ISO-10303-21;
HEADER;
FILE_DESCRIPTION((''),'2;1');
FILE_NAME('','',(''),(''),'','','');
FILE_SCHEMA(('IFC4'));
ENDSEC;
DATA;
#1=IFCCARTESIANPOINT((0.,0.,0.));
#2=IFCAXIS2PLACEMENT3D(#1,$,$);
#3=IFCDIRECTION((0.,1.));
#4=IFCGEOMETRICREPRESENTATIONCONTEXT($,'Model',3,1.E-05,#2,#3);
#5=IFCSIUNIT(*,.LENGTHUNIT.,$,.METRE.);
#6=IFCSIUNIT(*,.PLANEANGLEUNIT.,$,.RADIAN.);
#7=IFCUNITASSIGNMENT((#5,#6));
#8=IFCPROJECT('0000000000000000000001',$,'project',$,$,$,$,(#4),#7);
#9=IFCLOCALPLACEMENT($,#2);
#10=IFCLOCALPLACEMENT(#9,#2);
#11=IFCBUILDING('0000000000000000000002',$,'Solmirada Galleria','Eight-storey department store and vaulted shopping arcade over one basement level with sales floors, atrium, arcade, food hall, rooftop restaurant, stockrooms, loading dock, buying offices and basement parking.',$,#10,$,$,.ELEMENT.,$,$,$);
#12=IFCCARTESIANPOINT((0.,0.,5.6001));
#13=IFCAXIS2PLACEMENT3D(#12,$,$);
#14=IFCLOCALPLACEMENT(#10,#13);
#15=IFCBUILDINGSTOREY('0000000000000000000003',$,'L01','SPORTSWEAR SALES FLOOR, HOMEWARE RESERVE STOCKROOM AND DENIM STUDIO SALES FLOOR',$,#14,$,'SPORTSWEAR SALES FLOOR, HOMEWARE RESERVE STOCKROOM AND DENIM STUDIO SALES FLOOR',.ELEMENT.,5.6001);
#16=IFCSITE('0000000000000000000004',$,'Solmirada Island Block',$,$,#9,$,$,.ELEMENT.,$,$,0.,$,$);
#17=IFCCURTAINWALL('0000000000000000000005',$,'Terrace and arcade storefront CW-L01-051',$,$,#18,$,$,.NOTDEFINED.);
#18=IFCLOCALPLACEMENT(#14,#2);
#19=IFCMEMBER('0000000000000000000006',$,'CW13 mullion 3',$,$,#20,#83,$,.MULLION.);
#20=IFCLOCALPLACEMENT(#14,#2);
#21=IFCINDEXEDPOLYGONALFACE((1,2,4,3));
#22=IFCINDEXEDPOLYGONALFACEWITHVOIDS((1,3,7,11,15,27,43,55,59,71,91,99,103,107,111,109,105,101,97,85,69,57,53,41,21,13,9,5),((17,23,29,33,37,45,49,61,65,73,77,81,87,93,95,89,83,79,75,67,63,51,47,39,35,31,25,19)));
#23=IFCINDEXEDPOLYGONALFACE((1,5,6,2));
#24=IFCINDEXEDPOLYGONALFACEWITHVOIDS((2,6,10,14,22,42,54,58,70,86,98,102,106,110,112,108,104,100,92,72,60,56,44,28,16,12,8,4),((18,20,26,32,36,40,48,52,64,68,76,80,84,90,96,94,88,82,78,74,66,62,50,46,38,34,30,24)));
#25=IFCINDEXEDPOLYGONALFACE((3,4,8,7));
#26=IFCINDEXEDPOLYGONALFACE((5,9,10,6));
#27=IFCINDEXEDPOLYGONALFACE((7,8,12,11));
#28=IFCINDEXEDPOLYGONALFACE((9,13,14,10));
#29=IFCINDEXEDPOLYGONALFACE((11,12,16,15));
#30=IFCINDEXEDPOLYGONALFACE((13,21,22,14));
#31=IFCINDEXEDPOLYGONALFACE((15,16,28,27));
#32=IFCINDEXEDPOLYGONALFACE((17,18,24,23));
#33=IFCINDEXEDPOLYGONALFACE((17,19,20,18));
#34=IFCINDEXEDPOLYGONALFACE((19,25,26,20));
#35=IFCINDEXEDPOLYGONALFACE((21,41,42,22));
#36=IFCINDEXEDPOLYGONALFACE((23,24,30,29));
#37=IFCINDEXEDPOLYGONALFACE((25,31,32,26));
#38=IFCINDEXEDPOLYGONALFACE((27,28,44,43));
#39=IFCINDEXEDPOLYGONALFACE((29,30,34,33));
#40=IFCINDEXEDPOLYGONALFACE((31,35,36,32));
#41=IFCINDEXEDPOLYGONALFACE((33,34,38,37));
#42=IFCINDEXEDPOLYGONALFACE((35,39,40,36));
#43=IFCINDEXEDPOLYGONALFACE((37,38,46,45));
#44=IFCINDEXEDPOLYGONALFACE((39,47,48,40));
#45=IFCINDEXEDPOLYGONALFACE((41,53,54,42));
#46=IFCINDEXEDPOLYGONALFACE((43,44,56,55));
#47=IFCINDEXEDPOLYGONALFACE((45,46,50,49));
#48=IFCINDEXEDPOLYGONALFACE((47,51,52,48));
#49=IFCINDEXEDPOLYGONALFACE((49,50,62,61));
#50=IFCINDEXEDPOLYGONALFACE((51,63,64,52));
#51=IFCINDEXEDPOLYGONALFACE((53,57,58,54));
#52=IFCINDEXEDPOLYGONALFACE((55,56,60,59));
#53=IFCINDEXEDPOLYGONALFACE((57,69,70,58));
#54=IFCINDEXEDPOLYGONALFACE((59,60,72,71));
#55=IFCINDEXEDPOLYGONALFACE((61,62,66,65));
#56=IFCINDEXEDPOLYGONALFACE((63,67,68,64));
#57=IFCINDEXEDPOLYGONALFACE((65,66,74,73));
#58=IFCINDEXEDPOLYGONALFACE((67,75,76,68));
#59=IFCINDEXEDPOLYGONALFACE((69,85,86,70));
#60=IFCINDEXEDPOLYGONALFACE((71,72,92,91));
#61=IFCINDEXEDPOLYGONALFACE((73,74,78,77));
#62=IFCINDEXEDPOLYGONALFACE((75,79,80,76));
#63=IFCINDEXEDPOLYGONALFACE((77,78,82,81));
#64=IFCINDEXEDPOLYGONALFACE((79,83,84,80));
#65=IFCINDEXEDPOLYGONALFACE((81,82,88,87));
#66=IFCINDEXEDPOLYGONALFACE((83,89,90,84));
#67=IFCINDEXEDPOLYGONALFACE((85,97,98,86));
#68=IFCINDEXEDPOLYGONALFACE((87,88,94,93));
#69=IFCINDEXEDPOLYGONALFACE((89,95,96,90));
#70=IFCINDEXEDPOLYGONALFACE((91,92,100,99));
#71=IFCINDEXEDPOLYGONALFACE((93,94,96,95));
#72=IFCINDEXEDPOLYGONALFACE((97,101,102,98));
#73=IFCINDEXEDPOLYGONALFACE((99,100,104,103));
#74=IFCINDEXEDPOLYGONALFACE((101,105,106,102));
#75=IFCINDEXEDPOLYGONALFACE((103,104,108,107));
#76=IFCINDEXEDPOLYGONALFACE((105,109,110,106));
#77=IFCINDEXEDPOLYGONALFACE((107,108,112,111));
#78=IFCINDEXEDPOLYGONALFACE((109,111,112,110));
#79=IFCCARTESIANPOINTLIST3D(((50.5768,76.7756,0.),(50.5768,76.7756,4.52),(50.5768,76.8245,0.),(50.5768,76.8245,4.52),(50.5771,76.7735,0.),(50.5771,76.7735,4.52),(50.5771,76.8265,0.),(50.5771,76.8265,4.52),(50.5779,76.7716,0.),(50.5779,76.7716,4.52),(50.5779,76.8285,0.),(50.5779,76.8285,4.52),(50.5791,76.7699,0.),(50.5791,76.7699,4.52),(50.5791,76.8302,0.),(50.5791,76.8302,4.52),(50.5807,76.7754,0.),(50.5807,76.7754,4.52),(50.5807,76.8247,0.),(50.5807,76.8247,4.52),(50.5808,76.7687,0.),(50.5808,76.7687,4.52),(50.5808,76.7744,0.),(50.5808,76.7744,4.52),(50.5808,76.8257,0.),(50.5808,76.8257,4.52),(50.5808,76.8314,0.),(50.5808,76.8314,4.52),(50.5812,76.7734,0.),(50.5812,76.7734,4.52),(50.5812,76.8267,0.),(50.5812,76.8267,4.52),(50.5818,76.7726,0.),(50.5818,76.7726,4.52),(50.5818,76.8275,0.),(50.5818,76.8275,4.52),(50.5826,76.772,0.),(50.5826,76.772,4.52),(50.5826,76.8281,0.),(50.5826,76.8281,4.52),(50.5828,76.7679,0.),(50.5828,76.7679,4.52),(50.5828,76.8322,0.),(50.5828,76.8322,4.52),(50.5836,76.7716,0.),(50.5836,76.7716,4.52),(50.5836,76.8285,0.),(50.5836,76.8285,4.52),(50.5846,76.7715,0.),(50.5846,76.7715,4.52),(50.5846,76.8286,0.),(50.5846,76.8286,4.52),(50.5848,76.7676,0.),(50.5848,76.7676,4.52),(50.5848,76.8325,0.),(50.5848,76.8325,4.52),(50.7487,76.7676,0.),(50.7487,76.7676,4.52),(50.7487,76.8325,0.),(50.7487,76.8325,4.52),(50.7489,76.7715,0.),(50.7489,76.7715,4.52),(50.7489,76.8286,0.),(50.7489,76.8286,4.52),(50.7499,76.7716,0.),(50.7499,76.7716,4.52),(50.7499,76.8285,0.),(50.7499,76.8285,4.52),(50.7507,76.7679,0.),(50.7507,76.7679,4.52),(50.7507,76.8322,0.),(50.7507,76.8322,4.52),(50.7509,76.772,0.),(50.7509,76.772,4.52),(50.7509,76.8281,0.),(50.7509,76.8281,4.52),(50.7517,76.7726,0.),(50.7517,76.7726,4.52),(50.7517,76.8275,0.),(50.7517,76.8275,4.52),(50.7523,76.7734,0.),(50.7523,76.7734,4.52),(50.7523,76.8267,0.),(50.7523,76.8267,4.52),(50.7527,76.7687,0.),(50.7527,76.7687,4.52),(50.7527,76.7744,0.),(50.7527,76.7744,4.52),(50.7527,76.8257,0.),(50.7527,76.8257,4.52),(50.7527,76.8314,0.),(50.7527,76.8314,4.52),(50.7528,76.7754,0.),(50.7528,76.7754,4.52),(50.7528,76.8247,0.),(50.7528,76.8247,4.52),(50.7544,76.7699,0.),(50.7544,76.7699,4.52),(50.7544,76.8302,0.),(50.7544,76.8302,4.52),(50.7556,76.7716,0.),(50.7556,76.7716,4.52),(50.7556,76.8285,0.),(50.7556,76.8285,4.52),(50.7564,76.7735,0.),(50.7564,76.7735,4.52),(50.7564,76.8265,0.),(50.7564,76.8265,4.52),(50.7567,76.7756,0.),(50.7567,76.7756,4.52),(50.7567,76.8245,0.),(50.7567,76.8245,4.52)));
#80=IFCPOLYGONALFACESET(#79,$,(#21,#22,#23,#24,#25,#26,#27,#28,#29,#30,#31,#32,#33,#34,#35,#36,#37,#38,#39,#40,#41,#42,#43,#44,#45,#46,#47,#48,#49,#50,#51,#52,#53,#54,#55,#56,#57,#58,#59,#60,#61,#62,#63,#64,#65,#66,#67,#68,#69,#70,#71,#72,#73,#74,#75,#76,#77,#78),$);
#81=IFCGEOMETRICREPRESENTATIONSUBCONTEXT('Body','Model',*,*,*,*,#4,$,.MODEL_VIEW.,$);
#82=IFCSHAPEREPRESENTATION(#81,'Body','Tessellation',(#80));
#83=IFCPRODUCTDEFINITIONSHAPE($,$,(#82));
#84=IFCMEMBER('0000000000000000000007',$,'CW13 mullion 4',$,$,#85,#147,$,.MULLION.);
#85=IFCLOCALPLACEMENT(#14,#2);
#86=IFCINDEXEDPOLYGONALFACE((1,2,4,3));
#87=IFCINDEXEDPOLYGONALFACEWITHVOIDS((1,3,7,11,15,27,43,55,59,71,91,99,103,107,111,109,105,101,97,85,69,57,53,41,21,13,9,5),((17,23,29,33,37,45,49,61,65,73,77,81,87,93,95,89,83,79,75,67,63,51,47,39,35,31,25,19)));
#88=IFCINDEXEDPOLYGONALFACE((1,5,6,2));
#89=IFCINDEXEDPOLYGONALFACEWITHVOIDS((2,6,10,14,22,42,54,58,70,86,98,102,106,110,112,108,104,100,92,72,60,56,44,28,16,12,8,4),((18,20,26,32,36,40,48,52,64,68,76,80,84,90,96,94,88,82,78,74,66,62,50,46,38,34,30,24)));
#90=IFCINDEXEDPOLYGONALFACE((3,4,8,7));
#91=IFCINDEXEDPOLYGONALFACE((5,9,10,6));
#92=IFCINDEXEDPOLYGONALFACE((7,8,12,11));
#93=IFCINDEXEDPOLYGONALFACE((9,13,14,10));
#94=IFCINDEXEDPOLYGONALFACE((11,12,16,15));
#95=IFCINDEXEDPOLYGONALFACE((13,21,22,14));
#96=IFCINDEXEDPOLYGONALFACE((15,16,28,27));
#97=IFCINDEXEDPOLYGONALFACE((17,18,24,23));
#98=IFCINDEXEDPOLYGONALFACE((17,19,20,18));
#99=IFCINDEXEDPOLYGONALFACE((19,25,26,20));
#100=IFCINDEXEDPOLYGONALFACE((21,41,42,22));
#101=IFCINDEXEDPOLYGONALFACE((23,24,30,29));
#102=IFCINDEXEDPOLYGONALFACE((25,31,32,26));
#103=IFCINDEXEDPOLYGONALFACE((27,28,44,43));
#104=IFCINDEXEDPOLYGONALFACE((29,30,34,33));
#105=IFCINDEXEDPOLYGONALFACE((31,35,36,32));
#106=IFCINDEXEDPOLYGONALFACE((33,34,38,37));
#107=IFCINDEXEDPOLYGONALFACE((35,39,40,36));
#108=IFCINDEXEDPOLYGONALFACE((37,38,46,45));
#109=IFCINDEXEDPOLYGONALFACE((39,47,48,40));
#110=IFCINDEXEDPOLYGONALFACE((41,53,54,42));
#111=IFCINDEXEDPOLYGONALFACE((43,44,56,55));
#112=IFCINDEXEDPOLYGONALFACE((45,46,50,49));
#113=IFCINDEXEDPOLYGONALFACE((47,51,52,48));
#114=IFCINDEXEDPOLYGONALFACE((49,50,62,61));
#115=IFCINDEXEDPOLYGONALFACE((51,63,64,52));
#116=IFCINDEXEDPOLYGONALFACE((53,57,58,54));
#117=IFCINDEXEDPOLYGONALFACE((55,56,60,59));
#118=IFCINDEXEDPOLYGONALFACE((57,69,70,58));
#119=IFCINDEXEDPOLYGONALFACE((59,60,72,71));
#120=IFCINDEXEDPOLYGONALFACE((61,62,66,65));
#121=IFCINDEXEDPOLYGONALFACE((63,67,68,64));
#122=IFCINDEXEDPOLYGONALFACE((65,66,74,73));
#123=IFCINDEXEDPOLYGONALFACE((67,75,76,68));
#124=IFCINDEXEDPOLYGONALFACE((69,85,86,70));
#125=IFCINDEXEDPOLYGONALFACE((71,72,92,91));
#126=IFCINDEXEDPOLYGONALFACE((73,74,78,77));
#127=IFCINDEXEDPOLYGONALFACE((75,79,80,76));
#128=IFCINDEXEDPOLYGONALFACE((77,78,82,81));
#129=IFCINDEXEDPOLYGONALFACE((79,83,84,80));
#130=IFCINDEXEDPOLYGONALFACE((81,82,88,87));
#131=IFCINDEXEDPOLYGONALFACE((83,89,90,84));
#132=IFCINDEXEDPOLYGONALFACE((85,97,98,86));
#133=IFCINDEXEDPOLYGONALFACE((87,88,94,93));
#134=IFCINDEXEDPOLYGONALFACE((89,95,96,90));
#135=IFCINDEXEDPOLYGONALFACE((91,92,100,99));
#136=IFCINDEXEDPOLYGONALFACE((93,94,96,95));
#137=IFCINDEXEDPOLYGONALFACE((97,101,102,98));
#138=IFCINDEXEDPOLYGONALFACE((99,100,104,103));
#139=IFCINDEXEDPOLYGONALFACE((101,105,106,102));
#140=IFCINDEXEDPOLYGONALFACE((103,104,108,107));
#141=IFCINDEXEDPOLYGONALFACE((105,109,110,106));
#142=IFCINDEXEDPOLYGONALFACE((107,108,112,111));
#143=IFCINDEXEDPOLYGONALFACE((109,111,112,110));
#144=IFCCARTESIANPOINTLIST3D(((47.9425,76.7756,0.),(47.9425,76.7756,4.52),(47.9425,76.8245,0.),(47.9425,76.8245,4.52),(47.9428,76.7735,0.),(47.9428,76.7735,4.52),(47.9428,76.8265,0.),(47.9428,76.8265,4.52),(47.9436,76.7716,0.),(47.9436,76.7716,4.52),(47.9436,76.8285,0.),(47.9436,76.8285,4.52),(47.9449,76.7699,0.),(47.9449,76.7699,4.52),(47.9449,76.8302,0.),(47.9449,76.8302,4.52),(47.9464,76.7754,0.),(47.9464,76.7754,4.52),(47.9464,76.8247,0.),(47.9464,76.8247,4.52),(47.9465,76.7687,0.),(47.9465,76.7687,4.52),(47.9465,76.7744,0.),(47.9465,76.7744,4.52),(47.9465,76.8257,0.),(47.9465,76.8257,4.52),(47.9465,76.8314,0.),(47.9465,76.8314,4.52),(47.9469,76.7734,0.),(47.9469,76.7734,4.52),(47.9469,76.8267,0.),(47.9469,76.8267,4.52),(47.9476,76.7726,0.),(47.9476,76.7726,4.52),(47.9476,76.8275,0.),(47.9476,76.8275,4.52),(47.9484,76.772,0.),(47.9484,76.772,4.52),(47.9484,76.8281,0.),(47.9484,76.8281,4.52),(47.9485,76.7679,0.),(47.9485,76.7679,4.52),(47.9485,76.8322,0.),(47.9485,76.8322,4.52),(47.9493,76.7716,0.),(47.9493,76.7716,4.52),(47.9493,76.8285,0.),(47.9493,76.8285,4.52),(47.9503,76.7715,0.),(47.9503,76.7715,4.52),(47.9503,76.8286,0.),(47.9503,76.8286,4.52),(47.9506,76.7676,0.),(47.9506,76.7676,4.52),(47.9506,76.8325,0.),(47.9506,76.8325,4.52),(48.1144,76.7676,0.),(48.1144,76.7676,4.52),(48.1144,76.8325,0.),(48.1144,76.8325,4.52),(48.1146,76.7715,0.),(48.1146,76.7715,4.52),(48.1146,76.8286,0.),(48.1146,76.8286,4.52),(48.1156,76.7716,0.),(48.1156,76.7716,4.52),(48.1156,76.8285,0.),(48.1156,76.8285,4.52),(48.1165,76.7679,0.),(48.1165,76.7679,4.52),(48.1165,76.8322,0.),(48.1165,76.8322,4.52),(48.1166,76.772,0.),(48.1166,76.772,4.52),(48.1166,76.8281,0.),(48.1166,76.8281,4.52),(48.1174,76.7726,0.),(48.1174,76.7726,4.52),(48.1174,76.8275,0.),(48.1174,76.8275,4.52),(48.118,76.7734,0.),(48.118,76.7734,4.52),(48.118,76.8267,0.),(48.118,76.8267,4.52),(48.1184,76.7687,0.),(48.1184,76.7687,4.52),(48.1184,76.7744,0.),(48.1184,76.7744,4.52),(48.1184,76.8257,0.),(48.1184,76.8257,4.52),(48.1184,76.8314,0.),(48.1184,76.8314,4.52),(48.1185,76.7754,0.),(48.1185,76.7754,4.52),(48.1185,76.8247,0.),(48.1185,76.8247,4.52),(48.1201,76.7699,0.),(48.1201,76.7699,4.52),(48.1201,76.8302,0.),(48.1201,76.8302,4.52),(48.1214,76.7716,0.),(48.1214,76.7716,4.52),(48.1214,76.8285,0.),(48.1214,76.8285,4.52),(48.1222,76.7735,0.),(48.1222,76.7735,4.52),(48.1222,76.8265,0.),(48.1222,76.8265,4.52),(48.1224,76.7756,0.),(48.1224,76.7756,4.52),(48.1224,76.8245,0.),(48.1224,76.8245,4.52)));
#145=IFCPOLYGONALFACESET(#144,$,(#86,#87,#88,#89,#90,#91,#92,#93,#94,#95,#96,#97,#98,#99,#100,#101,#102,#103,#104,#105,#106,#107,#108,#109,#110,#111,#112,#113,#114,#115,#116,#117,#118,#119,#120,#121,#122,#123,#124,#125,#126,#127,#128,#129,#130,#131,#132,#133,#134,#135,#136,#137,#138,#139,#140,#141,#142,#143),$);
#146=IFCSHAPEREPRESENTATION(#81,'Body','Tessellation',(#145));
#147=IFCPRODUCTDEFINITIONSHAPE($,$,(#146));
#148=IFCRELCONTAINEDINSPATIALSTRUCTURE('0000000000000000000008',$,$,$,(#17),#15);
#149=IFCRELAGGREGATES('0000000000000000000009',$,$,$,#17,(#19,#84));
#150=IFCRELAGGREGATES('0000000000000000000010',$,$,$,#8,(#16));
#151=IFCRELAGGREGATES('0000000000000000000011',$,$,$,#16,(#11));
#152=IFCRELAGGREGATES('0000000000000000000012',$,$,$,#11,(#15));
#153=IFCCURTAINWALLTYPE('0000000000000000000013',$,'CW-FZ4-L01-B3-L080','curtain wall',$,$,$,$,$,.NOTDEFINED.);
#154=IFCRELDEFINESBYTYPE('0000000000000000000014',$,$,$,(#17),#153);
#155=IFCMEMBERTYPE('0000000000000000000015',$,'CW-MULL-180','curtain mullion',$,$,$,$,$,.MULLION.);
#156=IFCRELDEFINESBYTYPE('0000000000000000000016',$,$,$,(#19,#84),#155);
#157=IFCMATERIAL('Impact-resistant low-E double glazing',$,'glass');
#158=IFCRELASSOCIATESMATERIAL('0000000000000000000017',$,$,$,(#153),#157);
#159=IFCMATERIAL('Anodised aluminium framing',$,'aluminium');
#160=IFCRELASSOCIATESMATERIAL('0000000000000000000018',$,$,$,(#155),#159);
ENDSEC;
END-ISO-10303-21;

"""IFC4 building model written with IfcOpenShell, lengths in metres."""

from ifc_helpers import new_model, si_unit, direction, frame, origin, origin_2d, place, context, subcontext, project, spatial, hollow_rectangle, extrude, material, material_profile, profile_set, type_object, element, aggregate, save


model = new_model("IFC4")

# Units and contexts
model_context = context("Model", 3, precision=1e-05, world=origin(), true_north=direction((0.0, 1.0)))
body_context = subcontext(model_context, "Body", "Model", "MODEL_VIEW")
ifc_project = project(units=[si_unit("LENGTHUNIT", "METRE"), si_unit("PLANEANGLEUNIT", "RADIAN")], contexts=[model_context])

# Site, building, storey
site_placement = place(None, origin())
site = spatial("IfcSite", under=ifc_project, at=site_placement, Name="Solmirada Island Block", CompositionType="ELEMENT", RefElevation=0.0)
building_placement = place(site_placement, origin())
building = spatial("IfcBuilding", under=site, at=building_placement, Name="Solmirada Galleria", Description="Eight-storey department store and vaulted shopping arcade over one basement level with sales floors, atrium, arcade, food hall, rooftop restaurant, stockrooms, loading dock, buying offices and basement parking.", CompositionType="ELEMENT")
storey_placement = place(building_placement, frame((0.0, 0.0, 5.6001)))
storey = spatial("IfcBuildingStorey", under=building, at=storey_placement, Name="L01", Description="SPORTSWEAR SALES FLOOR, HOMEWARE RESERVE STOCKROOM AND DENIM STUDIO SALES FLOOR", LongName="SPORTSWEAR SALES FLOOR, HOMEWARE RESERVE STOCKROOM AND DENIM STUDIO SALES FLOOR", CompositionType="ELEMENT", Elevation=5.6001)

# Curtain wall, members
ifc_material_1 = material(Name="Impact-resistant low-E double glazing", Category="glass")
curtain_wall_type = type_object("IfcCurtainWallType", Name="CW-FZ4-L01-B3-L080", Description="curtain wall", PredefinedType="NOTDEFINED", material=ifc_material_1)
curtain_wall_1_placement = place(storey_placement, origin())
curtain_wall_1 = element("IfcCurtainWall", 1, at=curtain_wall_1_placement, inside=storey, type_object=curtain_wall_type, Name="Terrace and arcade storefront CW-L01-051", PredefinedType="NOTDEFINED")
ifc_material_2 = material(Name="Anodised aluminium framing", Category="aluminium")
ifc_material_profile_1 = material_profile(ifc_material_2, hollow_rectangle(XDim=0.0649, YDim=0.1799, WallThickness=0.0039, InnerFilletRadius=0.0039, OuterFilletRadius=0.0081, at=origin_2d()), Name="ALU-MULL-180X65")
ifc_profile_set_1 = profile_set([ifc_material_profile_1], Name="Anodised aluminium framing")
member_type_1 = type_object("IfcMemberType", Name="CW-MULL-180", Description="curtain mullion", PredefinedType="MULLION", material=ifc_profile_set_1)
member_1_placement = place(storey_placement, frame((50.6667, 76.8, 0.0), z_axis=(0.0, 0.0, 1.0), x_axis=(0.0, -1.0, 0.0)))
member_1 = element("IfcMember", 2, at=member_1_placement, type_object=member_type_1, Name="CW13 mullion 3", PredefinedType="MULLION", context=body_context, shape_type="SweptSolid", body=[
    extrude(hollow_rectangle(XDim=0.0649, YDim=0.1799, WallThickness=0.0039, InnerFilletRadius=0.0039, OuterFilletRadius=0.0081, at=origin_2d()), origin(), (0.0, 0.0, 1.0), 4.52),
])
member_2_placement = place(storey_placement, frame((48.0325, 76.8, 0.0), z_axis=(0.0, 0.0, 1.0), x_axis=(0.0, -1.0, 0.0)))
member_2 = element("IfcMember", 3, at=member_2_placement, type_object=member_type_1, Name="CW13 mullion 4", PredefinedType="MULLION", context=body_context, shape_type="SweptSolid", body=[
    extrude(hollow_rectangle(XDim=0.0649, YDim=0.1799, WallThickness=0.0039, InnerFilletRadius=0.0039, OuterFilletRadius=0.0081, at=origin_2d()), origin(), (0.0, 0.0, 1.0), 4.52),
])

aggregate(curtain_wall_1, [member_1, member_2])

save(model, "model.ifc")
